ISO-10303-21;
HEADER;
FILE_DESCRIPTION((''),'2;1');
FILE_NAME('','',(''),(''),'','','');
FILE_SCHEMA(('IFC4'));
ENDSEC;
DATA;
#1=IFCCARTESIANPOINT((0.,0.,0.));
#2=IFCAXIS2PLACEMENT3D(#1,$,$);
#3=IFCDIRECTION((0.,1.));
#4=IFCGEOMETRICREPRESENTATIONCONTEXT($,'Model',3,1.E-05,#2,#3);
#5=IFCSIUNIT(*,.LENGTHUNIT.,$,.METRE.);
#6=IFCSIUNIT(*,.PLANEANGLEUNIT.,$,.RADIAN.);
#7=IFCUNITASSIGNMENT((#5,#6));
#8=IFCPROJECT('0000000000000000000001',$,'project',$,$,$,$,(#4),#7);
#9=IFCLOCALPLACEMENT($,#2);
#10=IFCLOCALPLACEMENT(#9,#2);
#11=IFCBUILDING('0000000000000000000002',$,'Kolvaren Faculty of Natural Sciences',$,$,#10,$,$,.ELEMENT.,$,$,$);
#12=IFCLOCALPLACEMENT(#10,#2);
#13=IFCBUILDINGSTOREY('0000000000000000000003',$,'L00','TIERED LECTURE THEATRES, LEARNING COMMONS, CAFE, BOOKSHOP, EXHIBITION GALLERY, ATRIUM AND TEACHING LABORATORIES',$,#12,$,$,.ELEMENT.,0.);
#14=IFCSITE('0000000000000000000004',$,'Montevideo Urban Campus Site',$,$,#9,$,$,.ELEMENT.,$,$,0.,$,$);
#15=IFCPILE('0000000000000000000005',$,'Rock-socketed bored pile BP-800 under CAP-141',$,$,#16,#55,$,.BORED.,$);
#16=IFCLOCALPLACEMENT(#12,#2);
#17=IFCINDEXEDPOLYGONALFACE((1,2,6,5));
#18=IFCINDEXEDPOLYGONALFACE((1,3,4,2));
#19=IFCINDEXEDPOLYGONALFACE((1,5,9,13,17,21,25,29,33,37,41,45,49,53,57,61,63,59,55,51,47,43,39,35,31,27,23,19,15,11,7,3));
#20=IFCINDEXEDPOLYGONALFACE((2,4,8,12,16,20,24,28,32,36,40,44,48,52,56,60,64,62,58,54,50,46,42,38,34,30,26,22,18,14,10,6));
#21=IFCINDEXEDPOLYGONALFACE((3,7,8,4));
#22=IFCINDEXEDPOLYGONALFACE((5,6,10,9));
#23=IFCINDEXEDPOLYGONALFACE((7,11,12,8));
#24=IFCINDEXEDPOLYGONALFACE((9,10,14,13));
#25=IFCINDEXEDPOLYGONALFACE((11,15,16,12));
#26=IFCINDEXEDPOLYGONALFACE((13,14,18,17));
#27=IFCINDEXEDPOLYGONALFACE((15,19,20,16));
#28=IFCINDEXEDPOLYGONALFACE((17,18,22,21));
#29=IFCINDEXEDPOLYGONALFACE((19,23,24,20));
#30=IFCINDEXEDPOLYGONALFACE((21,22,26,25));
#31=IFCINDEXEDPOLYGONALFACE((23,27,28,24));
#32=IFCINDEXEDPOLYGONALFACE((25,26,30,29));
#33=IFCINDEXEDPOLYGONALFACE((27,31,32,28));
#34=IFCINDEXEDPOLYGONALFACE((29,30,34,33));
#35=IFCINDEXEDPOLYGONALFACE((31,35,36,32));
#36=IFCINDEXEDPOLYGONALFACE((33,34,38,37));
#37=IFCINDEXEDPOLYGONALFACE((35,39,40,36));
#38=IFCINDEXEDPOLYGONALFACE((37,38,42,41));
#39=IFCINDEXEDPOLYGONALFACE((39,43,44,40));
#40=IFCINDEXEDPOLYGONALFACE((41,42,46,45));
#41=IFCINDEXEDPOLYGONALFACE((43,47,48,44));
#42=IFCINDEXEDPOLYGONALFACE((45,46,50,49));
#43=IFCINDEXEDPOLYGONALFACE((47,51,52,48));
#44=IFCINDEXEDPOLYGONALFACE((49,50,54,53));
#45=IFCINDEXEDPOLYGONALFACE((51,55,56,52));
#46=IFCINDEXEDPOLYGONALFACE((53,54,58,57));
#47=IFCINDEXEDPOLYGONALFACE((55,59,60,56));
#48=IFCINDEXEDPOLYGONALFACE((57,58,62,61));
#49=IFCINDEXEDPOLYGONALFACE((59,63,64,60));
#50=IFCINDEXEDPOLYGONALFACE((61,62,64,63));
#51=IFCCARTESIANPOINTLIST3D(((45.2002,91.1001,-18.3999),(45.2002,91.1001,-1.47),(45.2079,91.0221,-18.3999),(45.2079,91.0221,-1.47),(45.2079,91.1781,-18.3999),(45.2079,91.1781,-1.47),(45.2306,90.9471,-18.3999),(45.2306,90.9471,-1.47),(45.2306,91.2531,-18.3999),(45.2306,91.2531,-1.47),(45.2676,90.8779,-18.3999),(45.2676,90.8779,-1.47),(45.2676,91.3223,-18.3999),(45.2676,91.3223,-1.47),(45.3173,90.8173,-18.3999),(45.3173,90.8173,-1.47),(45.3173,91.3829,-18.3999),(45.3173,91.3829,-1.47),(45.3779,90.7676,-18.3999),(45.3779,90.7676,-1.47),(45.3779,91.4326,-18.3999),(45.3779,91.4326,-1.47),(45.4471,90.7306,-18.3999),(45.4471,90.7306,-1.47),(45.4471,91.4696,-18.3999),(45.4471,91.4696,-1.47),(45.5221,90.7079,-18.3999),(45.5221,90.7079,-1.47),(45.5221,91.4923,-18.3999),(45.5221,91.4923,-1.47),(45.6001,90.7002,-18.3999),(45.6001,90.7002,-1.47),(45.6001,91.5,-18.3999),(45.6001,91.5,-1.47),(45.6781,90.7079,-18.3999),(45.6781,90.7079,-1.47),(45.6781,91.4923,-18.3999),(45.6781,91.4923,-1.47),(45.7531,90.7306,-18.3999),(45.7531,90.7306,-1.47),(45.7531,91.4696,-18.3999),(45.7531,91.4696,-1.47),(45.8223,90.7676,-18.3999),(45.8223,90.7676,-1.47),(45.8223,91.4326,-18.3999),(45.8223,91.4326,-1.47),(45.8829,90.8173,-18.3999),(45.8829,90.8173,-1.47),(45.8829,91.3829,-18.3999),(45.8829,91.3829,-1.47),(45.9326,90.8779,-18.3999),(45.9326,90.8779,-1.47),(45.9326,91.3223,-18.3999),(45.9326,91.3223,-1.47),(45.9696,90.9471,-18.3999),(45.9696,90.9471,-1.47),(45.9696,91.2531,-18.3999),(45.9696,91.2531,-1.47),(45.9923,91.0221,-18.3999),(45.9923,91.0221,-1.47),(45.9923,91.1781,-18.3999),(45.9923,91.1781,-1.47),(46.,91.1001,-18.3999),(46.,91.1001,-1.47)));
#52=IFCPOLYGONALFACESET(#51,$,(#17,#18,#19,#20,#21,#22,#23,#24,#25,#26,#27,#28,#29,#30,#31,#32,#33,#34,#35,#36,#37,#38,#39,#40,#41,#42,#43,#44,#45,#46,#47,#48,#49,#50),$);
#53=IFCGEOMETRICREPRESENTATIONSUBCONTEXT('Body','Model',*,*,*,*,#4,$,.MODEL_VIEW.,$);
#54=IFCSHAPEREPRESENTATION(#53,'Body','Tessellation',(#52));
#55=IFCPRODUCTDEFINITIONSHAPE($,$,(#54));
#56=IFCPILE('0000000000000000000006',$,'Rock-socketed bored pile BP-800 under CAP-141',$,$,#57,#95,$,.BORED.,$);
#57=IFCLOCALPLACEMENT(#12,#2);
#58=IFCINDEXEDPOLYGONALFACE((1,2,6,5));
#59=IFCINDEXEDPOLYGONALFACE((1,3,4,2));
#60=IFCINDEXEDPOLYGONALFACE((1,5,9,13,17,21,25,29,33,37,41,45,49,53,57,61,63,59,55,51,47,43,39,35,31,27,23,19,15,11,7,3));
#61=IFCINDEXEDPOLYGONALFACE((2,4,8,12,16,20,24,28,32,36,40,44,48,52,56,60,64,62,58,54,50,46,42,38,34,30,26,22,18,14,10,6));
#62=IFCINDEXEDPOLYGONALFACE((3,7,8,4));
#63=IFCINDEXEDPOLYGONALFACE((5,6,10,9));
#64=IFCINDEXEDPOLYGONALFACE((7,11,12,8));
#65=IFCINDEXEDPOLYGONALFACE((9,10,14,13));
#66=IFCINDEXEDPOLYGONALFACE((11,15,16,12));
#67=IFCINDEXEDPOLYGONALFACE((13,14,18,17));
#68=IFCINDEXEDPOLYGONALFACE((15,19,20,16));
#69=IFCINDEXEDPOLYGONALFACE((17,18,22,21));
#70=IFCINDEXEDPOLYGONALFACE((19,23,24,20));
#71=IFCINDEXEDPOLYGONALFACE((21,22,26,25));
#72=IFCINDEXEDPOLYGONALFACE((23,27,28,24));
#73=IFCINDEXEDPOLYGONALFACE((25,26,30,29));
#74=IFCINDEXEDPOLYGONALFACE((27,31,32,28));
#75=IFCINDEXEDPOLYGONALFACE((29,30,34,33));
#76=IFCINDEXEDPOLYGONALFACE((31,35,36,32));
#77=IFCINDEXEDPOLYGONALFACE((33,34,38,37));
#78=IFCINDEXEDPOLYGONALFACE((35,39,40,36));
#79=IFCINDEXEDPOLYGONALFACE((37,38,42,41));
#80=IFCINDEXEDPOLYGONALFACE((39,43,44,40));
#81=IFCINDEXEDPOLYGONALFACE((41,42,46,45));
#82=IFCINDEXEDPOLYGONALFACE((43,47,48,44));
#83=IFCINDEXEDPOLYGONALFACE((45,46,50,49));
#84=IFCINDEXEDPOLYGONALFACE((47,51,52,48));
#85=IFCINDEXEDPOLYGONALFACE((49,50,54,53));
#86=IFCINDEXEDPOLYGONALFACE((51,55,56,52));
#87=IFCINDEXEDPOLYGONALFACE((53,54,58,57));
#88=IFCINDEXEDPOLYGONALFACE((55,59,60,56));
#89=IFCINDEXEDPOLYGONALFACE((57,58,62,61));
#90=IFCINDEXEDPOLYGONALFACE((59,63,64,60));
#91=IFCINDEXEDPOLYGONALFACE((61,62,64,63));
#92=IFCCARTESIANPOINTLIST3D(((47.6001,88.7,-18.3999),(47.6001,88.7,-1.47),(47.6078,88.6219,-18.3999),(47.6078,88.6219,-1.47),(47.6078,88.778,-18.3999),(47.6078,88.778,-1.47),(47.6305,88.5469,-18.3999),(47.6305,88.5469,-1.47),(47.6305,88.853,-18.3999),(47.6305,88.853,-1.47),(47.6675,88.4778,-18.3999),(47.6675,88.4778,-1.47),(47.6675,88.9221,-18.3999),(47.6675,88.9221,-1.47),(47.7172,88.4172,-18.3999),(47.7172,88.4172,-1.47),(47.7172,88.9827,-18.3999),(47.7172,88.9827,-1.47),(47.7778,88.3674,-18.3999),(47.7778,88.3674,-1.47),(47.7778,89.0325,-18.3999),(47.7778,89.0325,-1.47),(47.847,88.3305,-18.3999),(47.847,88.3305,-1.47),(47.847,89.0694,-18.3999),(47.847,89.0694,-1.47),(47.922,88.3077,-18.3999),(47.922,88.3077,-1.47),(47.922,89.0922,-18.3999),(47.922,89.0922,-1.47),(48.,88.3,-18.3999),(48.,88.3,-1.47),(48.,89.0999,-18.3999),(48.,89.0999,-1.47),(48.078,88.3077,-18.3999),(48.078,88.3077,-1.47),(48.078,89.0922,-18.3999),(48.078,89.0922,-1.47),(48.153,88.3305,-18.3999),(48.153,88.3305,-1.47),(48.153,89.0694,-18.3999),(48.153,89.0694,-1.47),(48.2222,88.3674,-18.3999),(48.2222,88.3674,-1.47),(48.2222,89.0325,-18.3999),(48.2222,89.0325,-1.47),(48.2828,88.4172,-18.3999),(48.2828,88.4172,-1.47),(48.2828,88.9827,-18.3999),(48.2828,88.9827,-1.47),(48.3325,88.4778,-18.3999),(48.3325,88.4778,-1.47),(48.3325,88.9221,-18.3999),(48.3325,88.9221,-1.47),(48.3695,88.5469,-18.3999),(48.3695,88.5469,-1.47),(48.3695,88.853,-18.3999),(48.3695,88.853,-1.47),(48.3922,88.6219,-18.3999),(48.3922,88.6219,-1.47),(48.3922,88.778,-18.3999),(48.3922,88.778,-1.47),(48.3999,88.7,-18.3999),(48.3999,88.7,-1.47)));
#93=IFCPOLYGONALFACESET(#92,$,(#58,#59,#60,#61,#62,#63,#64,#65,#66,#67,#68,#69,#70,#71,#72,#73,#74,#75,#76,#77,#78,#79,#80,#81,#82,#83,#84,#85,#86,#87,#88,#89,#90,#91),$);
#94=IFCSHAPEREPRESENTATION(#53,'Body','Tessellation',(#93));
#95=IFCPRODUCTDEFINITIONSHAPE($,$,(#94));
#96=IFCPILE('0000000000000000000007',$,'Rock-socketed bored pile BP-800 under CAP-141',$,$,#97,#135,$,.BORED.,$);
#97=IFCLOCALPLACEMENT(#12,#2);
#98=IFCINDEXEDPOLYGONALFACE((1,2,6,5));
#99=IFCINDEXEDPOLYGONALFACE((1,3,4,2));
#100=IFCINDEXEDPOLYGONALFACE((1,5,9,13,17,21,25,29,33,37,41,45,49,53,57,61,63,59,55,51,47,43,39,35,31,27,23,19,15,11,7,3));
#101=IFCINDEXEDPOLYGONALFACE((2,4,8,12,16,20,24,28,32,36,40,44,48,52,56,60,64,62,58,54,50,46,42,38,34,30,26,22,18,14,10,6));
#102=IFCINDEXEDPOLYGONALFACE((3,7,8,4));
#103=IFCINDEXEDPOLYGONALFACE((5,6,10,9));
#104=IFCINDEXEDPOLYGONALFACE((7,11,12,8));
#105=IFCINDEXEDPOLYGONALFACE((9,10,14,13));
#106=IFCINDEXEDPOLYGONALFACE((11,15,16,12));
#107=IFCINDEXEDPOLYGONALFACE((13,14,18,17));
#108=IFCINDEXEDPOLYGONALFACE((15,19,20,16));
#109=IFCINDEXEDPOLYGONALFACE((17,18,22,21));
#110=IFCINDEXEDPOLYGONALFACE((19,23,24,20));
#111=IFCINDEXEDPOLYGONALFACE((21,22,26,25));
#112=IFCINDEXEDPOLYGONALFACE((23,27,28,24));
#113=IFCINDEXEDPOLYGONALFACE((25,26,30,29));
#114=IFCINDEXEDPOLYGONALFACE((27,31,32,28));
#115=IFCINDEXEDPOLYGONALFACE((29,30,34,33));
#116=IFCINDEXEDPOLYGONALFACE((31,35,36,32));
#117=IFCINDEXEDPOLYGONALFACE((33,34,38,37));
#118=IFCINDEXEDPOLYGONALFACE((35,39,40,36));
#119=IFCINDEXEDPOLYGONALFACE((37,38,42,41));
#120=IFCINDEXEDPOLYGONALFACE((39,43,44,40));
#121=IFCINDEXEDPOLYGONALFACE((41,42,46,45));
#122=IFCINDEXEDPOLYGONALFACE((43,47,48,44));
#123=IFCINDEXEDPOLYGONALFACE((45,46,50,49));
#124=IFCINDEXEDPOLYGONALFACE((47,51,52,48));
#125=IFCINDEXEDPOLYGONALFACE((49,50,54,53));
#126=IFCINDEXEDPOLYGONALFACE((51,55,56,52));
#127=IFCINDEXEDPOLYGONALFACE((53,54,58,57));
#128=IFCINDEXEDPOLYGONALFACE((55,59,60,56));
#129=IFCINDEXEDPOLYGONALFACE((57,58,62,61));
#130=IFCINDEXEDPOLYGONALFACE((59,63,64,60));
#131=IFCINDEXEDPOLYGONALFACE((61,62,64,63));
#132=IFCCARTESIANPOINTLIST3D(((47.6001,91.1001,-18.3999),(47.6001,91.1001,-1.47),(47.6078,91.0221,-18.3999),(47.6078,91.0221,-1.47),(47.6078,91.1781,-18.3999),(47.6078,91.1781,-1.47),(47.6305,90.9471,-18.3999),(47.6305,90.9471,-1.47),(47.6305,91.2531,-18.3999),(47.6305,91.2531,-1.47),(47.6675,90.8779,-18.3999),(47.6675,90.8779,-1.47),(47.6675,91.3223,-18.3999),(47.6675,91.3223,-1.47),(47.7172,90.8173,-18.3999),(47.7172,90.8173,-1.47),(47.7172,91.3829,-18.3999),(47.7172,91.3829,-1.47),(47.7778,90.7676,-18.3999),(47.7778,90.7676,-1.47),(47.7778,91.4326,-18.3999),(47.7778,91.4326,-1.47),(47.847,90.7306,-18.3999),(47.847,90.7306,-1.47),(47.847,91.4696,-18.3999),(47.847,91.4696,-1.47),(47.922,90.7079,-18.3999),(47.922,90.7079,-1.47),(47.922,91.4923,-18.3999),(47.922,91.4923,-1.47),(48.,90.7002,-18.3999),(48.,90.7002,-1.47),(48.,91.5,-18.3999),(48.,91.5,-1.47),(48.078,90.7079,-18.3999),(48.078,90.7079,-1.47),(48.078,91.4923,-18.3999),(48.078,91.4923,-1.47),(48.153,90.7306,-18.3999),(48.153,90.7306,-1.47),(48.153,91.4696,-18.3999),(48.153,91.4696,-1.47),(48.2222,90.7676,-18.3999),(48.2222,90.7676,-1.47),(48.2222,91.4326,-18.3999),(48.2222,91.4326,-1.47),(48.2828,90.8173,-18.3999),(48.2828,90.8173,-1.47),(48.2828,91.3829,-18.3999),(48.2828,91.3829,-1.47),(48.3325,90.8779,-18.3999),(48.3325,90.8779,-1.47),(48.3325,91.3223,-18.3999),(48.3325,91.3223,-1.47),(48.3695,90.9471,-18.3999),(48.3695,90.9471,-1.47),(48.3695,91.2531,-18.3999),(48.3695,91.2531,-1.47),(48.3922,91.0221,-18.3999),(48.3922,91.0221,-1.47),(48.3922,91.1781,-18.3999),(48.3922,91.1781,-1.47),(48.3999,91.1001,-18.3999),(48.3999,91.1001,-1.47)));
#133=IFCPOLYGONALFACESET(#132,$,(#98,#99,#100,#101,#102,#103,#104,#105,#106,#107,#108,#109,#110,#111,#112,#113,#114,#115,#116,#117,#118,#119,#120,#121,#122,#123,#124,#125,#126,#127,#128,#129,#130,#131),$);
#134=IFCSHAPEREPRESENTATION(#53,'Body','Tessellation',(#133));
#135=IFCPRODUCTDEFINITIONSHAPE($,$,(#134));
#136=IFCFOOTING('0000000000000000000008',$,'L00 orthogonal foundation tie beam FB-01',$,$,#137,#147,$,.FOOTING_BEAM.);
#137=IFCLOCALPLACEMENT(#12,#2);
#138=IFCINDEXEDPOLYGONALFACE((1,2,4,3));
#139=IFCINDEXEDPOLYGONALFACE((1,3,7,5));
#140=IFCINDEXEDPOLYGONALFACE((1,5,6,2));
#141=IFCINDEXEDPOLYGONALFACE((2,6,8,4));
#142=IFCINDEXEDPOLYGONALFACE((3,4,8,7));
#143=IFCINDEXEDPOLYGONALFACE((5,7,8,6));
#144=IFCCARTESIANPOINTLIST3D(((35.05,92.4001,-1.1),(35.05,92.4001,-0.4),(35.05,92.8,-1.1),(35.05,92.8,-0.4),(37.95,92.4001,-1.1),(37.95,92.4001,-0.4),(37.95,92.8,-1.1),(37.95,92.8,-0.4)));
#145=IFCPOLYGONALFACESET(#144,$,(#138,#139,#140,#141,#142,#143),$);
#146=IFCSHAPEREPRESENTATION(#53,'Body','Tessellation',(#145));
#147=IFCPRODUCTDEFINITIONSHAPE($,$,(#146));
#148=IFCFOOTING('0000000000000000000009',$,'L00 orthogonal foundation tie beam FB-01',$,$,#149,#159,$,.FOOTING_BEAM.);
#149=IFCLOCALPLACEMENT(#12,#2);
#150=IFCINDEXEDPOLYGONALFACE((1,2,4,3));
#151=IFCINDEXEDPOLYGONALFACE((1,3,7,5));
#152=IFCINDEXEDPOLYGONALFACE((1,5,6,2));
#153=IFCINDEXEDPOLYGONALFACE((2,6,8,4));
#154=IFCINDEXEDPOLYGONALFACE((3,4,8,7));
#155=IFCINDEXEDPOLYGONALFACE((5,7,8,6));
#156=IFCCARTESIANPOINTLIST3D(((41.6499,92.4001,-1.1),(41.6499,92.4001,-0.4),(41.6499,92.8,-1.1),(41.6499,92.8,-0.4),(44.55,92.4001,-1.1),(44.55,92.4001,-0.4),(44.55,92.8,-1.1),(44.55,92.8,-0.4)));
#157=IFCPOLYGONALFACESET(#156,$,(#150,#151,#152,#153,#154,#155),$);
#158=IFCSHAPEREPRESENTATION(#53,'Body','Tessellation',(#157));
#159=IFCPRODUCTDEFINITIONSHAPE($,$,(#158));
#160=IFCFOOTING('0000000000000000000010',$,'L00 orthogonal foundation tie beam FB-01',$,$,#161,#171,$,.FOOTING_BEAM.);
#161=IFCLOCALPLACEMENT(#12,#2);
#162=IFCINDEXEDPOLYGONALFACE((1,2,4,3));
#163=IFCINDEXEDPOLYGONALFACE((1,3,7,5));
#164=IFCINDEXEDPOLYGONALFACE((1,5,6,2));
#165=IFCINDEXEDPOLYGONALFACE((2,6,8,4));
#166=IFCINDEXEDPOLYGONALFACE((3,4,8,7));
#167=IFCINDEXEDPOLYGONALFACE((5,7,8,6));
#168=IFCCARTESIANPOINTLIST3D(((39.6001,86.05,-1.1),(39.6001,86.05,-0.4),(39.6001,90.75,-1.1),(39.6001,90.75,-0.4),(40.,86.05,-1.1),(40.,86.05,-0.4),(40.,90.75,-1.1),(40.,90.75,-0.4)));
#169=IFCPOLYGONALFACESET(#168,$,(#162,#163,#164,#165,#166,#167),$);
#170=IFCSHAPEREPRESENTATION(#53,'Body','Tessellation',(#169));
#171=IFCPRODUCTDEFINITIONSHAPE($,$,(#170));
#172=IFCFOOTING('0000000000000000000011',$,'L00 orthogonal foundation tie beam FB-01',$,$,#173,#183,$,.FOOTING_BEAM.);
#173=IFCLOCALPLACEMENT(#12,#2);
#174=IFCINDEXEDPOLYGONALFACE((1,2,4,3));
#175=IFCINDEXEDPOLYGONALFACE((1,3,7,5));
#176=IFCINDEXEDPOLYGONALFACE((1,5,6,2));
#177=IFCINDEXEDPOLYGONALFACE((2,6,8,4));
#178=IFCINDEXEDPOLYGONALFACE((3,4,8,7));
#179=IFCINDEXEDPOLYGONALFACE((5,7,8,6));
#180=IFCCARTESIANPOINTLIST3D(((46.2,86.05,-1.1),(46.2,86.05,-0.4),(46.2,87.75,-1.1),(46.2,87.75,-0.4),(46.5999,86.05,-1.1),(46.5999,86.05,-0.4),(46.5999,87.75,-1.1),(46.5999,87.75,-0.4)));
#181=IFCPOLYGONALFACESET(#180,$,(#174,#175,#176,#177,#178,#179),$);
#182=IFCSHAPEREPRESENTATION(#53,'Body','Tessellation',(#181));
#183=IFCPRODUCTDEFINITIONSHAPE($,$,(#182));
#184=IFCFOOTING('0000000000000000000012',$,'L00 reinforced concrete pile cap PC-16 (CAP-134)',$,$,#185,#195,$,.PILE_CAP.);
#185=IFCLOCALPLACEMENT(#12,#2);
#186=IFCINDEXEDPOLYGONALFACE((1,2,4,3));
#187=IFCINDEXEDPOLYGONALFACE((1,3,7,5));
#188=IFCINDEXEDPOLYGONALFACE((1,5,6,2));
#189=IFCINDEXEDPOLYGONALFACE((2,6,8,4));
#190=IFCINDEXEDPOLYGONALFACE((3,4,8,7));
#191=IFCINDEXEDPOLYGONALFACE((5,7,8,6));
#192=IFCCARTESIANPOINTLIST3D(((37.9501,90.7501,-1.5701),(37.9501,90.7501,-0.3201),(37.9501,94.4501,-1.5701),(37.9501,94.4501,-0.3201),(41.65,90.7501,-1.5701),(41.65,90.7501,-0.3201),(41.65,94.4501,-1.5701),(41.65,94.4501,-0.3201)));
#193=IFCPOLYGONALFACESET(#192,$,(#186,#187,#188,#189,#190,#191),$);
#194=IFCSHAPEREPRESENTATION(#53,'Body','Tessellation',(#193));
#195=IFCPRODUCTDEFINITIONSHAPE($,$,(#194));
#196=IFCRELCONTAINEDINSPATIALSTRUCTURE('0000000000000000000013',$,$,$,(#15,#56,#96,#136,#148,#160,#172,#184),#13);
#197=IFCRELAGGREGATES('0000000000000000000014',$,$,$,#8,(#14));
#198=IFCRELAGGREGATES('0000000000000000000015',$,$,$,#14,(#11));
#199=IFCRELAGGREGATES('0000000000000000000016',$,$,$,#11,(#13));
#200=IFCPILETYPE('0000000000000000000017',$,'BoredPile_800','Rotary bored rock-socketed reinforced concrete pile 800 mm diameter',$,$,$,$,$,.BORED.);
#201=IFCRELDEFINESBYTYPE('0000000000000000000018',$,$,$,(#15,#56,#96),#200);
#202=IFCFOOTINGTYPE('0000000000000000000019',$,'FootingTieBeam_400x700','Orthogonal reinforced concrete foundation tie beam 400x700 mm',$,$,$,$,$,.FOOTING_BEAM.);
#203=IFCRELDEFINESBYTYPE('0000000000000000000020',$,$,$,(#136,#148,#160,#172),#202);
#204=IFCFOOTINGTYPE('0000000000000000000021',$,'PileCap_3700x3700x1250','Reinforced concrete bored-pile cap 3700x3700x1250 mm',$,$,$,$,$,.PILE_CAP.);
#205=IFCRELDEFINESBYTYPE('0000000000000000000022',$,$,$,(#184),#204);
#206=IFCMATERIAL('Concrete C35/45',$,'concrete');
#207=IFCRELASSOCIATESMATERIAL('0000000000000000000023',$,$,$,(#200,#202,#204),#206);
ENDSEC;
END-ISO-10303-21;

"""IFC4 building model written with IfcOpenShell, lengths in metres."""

from ifc_helpers import new_model, si_unit, direction, frame, origin, origin_2d, place, context, subcontext, project, spatial, rectangle, circle, extrude, material, material_profile, profile_set, type_object, element, save


model = new_model("IFC4")

# Units and contexts
model_context = context("Model", 3, precision=1e-05, world=origin(), true_north=direction((0.0, 1.0)))
body_context = subcontext(model_context, "Body", "Model", "MODEL_VIEW")
ifc_project = project(units=[si_unit("LENGTHUNIT", "METRE"), si_unit("PLANEANGLEUNIT", "RADIAN")], contexts=[model_context])

# Site, building, storey
site_placement = place(None, origin())
site = spatial("IfcSite", under=ifc_project, at=site_placement, Name="Montevideo Urban Campus Site", CompositionType="ELEMENT", RefElevation=0.0)
building_placement = place(site_placement, origin())
building = spatial("IfcBuilding", under=site, at=building_placement, Name="Kolvaren Faculty of Natural Sciences", CompositionType="ELEMENT")
storey_placement = place(building_placement, origin())
storey = spatial("IfcBuildingStorey", under=building, at=storey_placement, Name="L00", Description="TIERED LECTURE THEATRES, LEARNING COMMONS, CAFE, BOOKSHOP, EXHIBITION GALLERY, ATRIUM AND TEACHING LABORATORIES", CompositionType="ELEMENT", Elevation=0.0)

# Piles
ifc_material_1 = material(Name="Concrete C35/45", Category="concrete")
ifc_material_profile_1 = material_profile(ifc_material_1, circle(Radius=0.3999, at=origin_2d()), Name="PILE D800")
ifc_profile_set_1 = profile_set([ifc_material_profile_1], Name="Concrete C35/45")
pile_type = type_object("IfcPileType", Name="BoredPile_800", Description="Rotary bored rock-socketed reinforced concrete pile 800 mm diameter", PredefinedType="BORED", material=ifc_profile_set_1)
for number, where, z_axis, x_axis, name in (
    (1, (45.6001, 91.1001, -1.47), (0.0, 0.0, -1.0), (1.0, 0.0, 0.0), "Rock-socketed bored pile BP-800 under CAP-141"),
    (2, (48.0, 88.7, -1.47), (0.0, 0.0, -1.0), (1.0, 0.0, 0.0), "Rock-socketed bored pile BP-800 under CAP-141"),
    (3, (48.0, 91.1001, -1.47), (0.0, 0.0, -1.0), (1.0, 0.0, 0.0), "Rock-socketed bored pile BP-800 under CAP-141"),
):
    element("IfcPile", number, at=place(storey_placement, frame(where, z_axis=z_axis, x_axis=x_axis)), inside=storey, type_object=pile_type, Name=name, PredefinedType="BORED", context=body_context, shape_type="SweptSolid", body=[
        extrude(circle(Radius=0.3999, at=origin_2d()), origin(), (0.0, 0.0, 1.0), 16.9299),
    ])

# Footings
ifc_material_profile_2 = material_profile(ifc_material_1, rectangle(XDim=0.3999, YDim=0.7, at=origin_2d()), Name="RC FB 400x700")
ifc_profile_set_2 = profile_set([ifc_material_profile_2], Name="Concrete C35/45")
footing_type_1 = type_object("IfcFootingType", Name="FootingTieBeam_400x700", Description="Orthogonal reinforced concrete foundation tie beam 400x700 mm", PredefinedType="FOOTING_BEAM", material=ifc_profile_set_2)
footing_1_placement = place(storey_placement, frame((35.05, 92.6001, -0.75), z_axis=(1.0, 0.0, 0.0), x_axis=(0.0, 1.0, 0.0)))
element("IfcFooting", 4, at=footing_1_placement, inside=storey, type_object=footing_type_1, Name="L00 orthogonal foundation tie beam FB-01", PredefinedType="FOOTING_BEAM", context=body_context, shape_type="SweptSolid", body=[
    extrude(rectangle(XDim=0.3999, YDim=0.7, at=origin_2d()), origin(), (0.0, 0.0, 1.0), 2.8999),
])
footing_2_placement = place(storey_placement, frame((41.6499, 92.6001, -0.75), z_axis=(1.0, 0.0, 0.0), x_axis=(0.0, 1.0, 0.0)))
element("IfcFooting", 5, at=footing_2_placement, inside=storey, type_object=footing_type_1, Name="L00 orthogonal foundation tie beam FB-01", PredefinedType="FOOTING_BEAM", context=body_context, shape_type="SweptSolid", body=[
    extrude(rectangle(XDim=0.3999, YDim=0.7, at=origin_2d()), origin(), (0.0, 0.0, 1.0), 2.9001),
])
footing_3_placement = place(storey_placement, frame((39.8, 86.05, -0.75), z_axis=(0.0, 1.0, 0.0), x_axis=(-1.0, 0.0, 0.0)))
element("IfcFooting", 6, at=footing_3_placement, inside=storey, type_object=footing_type_1, Name="L00 orthogonal foundation tie beam FB-01", PredefinedType="FOOTING_BEAM", context=body_context, shape_type="SweptSolid", body=[
    extrude(rectangle(XDim=0.3999, YDim=0.7, at=origin_2d()), origin(), (0.0, 0.0, 1.0), 4.7),
])
footing_4_placement = place(storey_placement, frame((46.3999, 86.05, -0.75), z_axis=(0.0, 1.0, 0.0), x_axis=(-1.0, 0.0, 0.0)))
element("IfcFooting", 7, at=footing_4_placement, inside=storey, type_object=footing_type_1, Name="L00 orthogonal foundation tie beam FB-01", PredefinedType="FOOTING_BEAM", context=body_context, shape_type="SweptSolid", body=[
    extrude(rectangle(XDim=0.3999, YDim=0.7, at=origin_2d()), origin(), (0.0, 0.0, 1.0), 1.7),
])
footing_type_2 = type_object("IfcFootingType", Name="PileCap_3700x3700x1250", Description="Reinforced concrete bored-pile cap 3700x3700x1250 mm", PredefinedType="PILE_CAP", material=ifc_material_1)
footing_5_placement = place(storey_placement, frame((39.8, 92.6001, -1.5701), z_axis=(0.0, 0.0, 1.0), x_axis=(1.0, 0.0, 0.0)))
element("IfcFooting", 8, at=footing_5_placement, inside=storey, type_object=footing_type_2, Name="L00 reinforced concrete pile cap PC-16 (CAP-134)", PredefinedType="PILE_CAP", context=body_context, shape_type="SweptSolid", body=[
    extrude(rectangle(XDim=3.7, YDim=3.7, at=origin_2d()), origin(), (0.0, 0.0, 1.0), 1.25),
])

save(model, "model.ifc")
